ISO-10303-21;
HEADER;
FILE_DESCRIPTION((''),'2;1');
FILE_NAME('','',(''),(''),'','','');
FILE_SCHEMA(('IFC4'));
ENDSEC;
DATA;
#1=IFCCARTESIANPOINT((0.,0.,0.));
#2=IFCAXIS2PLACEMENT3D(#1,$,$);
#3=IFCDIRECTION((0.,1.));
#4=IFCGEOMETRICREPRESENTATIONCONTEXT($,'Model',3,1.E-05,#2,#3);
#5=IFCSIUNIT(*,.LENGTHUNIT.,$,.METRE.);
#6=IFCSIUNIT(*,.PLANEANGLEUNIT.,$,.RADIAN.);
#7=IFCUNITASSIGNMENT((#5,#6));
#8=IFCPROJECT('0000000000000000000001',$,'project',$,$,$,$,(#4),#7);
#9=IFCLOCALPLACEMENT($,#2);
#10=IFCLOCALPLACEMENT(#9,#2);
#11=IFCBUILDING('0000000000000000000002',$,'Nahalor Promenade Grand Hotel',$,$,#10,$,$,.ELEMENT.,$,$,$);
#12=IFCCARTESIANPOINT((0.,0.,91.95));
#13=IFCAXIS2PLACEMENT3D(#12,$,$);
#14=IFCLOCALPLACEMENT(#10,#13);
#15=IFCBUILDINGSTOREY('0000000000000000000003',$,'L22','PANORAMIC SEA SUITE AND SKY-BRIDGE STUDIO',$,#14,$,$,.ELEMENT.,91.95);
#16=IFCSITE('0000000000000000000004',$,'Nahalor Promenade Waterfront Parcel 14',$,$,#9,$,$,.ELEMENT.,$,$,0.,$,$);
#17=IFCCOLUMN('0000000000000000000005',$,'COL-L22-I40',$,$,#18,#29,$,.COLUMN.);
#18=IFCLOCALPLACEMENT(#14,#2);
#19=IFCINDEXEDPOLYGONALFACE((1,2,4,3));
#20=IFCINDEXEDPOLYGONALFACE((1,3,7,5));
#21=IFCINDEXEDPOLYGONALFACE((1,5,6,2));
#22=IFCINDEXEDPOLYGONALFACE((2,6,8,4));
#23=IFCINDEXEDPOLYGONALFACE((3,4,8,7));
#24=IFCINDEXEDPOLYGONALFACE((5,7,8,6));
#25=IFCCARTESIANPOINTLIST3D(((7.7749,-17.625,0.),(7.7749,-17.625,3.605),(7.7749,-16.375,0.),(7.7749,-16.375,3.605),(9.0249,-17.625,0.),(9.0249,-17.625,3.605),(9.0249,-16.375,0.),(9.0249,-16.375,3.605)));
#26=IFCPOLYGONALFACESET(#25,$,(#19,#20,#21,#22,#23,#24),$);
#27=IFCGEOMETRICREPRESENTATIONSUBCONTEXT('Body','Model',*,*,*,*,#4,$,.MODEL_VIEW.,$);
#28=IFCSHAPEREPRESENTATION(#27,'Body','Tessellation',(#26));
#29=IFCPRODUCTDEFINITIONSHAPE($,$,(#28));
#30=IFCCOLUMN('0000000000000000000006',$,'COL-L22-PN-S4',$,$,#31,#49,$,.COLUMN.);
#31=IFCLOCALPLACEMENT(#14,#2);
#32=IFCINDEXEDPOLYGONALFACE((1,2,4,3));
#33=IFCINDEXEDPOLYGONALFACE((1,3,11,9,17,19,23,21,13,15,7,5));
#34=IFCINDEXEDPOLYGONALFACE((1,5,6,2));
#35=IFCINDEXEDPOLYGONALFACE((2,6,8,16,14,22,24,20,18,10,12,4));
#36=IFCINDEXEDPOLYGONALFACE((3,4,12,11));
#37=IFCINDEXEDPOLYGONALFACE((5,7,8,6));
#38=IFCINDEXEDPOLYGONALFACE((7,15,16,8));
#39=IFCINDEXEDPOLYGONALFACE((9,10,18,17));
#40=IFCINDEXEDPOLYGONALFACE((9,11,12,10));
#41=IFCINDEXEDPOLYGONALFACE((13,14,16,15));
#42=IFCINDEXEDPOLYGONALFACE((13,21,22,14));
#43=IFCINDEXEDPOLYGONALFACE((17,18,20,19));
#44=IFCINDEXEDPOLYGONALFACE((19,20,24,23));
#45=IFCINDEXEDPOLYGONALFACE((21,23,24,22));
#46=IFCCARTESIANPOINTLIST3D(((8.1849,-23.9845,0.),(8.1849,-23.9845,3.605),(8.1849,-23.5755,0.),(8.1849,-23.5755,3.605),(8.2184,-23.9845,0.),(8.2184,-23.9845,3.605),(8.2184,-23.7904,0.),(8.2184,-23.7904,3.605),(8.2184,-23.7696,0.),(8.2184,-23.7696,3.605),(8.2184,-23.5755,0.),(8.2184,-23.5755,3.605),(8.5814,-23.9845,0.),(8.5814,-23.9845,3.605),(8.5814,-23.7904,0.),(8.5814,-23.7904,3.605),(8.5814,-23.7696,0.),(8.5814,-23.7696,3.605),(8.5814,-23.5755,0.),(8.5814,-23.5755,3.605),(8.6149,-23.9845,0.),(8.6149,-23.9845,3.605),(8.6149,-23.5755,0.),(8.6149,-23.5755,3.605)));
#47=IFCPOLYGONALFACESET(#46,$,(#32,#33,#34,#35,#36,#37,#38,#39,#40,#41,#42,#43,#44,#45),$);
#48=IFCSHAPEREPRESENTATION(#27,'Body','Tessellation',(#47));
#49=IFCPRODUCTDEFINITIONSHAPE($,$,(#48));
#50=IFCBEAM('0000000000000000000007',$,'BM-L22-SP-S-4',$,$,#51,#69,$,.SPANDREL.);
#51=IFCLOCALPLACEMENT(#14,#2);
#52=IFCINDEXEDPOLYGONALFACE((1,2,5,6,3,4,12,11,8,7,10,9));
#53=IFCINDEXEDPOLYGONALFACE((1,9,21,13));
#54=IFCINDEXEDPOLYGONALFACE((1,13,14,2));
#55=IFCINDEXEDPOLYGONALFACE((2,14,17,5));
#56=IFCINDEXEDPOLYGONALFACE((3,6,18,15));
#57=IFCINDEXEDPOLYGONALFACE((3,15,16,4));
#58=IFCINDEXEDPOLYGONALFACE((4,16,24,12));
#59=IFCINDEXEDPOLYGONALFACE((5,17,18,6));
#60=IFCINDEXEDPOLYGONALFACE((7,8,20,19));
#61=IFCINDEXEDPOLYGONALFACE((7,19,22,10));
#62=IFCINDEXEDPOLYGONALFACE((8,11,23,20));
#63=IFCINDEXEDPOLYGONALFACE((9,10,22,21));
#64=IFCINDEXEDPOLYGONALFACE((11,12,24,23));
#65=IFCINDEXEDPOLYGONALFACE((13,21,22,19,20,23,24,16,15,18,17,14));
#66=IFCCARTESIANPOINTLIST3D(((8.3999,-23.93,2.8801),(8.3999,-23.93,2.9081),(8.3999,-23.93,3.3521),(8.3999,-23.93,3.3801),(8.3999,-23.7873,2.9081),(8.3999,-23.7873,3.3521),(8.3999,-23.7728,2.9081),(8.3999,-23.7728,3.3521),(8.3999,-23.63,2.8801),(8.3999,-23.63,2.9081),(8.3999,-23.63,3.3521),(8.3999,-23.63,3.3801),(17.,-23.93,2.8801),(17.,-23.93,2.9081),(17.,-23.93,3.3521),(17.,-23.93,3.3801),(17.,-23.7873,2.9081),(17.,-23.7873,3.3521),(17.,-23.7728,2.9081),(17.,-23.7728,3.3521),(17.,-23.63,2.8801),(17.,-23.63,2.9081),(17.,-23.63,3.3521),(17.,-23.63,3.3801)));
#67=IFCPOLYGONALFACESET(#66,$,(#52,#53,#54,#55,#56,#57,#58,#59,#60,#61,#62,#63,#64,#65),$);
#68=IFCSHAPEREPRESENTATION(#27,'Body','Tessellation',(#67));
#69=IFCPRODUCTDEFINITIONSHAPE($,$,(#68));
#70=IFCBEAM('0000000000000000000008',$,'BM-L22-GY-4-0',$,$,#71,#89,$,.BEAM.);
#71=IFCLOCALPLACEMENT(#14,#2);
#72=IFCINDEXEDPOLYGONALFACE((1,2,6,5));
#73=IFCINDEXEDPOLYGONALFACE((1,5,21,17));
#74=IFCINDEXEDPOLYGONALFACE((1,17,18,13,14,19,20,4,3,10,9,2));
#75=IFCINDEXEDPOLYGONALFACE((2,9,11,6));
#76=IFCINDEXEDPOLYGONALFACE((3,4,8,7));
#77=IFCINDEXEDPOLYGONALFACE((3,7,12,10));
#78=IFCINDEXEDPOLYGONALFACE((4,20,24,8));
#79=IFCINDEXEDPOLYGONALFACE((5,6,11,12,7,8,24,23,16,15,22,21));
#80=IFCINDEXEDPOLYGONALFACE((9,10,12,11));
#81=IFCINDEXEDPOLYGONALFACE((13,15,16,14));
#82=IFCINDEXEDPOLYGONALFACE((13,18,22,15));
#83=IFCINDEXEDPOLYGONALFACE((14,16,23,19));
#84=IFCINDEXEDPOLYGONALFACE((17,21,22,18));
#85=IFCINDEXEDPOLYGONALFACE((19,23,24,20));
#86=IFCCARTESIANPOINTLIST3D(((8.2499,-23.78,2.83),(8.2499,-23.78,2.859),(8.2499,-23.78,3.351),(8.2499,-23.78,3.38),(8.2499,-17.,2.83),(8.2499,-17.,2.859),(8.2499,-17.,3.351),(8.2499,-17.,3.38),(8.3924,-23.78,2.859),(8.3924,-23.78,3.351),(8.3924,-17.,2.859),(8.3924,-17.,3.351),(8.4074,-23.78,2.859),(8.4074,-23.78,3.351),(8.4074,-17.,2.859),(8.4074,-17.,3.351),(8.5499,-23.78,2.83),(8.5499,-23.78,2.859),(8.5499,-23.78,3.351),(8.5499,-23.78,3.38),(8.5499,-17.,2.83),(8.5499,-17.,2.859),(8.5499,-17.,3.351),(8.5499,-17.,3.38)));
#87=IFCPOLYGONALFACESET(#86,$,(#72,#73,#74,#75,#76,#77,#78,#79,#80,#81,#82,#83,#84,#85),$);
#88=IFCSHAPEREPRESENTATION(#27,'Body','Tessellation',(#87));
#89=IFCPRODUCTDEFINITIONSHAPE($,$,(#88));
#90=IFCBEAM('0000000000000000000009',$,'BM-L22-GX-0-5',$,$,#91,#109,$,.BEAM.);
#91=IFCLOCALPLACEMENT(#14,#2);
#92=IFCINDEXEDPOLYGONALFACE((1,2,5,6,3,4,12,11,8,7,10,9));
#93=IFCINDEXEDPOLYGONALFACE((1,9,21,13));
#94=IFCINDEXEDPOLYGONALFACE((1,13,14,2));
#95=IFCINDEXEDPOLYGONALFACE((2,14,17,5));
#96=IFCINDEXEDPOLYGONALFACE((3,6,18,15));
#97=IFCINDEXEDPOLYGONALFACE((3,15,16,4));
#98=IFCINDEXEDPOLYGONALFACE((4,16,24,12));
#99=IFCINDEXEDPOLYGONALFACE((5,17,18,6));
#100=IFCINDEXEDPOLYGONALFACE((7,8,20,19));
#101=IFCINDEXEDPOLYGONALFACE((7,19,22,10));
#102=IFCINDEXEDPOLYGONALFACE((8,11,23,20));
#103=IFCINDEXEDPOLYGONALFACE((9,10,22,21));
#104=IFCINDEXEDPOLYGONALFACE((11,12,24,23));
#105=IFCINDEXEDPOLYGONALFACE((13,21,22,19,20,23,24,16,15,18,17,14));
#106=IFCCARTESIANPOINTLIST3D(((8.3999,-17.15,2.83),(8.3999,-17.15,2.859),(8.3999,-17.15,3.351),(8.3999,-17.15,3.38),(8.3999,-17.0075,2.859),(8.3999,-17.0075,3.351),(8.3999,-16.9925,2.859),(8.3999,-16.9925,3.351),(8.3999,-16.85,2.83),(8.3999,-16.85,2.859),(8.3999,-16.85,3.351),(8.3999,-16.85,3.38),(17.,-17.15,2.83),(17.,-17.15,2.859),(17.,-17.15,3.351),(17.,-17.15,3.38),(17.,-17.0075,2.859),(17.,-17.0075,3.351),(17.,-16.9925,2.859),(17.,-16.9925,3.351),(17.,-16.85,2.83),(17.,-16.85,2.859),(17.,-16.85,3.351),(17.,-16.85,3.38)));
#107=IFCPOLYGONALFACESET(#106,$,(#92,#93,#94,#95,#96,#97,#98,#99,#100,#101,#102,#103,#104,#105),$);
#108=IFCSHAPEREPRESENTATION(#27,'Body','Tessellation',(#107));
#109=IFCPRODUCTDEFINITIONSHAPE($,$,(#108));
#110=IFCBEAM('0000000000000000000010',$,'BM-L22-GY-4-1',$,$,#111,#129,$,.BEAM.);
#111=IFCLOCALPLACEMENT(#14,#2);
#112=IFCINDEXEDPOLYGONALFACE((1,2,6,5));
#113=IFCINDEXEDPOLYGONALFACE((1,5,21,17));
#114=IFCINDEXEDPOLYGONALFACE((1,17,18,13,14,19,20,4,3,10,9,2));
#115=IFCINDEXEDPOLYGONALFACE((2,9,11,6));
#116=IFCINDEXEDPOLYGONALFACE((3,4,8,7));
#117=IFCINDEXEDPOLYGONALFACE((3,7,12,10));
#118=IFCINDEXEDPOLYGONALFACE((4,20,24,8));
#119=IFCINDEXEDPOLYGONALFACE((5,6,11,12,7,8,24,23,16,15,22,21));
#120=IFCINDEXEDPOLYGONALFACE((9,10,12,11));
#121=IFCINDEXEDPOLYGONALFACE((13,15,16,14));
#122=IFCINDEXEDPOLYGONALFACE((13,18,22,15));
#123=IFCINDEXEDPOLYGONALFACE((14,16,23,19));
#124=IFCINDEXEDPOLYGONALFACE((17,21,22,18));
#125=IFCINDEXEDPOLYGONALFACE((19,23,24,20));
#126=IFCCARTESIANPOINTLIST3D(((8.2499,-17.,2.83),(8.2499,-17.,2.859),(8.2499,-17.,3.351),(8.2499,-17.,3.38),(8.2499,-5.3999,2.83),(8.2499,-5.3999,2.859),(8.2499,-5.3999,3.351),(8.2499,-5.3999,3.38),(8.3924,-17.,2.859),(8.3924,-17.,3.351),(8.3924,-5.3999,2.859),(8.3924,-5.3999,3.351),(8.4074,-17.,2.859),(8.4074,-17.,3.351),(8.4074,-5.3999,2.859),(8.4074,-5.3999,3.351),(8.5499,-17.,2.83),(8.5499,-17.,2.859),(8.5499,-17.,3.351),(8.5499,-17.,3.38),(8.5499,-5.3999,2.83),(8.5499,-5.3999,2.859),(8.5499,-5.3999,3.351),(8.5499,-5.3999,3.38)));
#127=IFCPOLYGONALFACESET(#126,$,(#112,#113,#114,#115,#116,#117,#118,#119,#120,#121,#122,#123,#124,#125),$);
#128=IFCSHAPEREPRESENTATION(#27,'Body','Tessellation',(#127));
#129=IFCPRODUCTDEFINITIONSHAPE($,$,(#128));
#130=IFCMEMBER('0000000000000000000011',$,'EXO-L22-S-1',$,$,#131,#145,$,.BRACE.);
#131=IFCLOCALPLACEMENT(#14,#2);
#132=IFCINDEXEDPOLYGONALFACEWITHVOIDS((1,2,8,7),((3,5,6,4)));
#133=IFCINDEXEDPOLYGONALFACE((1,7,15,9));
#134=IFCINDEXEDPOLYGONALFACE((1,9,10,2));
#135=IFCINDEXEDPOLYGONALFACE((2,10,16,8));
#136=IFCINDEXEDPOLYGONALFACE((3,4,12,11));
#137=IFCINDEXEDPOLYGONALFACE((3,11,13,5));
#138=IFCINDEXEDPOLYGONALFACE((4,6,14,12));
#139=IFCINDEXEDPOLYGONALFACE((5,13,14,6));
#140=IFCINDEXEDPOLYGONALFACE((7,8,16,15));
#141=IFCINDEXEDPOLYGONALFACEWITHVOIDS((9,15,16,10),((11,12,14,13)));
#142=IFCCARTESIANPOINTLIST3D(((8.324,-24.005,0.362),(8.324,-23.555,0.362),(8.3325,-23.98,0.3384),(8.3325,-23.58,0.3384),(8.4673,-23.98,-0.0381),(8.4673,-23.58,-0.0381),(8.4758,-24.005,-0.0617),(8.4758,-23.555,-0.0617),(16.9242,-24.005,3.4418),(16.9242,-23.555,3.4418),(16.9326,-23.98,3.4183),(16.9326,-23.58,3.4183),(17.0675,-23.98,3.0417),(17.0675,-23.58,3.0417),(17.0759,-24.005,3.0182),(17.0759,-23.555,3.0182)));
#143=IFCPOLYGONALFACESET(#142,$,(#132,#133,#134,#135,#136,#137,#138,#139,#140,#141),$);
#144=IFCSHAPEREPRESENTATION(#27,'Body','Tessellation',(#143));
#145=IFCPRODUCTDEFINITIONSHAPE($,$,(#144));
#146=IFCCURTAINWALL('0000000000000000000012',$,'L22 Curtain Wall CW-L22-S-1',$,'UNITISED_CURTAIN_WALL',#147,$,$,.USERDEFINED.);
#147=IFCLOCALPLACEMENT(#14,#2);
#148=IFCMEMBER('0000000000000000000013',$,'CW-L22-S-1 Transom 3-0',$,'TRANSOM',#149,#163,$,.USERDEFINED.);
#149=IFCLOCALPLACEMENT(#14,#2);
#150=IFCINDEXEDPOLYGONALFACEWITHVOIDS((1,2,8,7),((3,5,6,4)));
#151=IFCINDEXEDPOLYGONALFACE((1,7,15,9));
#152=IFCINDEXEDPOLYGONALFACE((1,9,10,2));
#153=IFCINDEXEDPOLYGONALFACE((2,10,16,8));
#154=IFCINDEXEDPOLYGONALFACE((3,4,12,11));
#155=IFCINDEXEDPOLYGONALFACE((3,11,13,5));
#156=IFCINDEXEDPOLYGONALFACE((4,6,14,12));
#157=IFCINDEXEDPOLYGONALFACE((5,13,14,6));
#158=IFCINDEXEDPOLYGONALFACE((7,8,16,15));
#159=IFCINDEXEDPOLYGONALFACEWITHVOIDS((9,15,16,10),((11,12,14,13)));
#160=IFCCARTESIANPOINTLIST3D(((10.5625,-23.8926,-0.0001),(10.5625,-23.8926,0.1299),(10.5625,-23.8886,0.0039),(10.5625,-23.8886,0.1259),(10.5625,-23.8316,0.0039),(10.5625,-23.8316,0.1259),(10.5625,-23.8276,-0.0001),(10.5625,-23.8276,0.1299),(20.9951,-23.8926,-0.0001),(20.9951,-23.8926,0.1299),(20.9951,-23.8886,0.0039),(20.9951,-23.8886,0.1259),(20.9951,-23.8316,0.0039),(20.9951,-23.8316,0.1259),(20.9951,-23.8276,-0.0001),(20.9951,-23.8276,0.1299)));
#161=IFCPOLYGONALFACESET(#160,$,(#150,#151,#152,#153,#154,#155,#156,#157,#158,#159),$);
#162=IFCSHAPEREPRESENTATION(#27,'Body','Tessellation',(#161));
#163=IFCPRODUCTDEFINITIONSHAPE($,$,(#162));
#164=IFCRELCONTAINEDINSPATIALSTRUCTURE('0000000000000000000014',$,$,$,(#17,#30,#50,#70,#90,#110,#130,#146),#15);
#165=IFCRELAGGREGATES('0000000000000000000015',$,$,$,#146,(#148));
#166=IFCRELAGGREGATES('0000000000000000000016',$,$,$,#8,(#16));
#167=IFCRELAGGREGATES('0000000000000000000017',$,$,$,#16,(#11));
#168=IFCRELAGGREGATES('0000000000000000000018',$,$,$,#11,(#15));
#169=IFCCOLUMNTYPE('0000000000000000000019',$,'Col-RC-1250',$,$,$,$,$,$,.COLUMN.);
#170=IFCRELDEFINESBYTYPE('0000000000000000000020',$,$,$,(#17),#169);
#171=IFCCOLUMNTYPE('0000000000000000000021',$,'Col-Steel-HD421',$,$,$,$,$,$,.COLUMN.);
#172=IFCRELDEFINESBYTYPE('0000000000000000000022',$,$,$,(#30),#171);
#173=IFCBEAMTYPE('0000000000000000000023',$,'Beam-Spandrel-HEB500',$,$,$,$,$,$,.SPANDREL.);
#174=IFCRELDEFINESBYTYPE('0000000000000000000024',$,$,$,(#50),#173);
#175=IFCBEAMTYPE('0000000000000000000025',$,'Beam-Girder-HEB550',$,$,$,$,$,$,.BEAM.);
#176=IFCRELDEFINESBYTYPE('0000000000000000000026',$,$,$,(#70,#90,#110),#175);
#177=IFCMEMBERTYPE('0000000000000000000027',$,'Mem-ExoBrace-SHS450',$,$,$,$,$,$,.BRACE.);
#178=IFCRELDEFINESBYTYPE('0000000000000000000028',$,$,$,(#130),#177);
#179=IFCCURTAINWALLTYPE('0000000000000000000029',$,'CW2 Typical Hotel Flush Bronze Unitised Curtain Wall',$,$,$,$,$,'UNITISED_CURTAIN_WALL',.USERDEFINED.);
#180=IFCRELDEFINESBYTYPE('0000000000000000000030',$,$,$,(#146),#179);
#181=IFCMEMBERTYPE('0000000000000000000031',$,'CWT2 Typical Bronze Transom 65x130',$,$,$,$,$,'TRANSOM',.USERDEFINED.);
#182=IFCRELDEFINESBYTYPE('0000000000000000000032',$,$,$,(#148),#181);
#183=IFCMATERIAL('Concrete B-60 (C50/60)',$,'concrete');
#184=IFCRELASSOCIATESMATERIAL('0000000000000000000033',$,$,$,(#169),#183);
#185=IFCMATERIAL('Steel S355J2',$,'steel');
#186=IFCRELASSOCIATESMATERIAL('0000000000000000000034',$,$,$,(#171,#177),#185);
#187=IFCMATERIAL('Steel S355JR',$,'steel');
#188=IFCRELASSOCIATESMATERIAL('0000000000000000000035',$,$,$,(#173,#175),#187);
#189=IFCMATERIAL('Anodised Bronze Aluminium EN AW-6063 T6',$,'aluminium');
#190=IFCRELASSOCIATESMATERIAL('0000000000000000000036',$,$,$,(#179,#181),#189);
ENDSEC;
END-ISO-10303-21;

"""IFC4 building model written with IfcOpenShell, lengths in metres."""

from ifc_helpers import new_model, si_unit, direction, frame, origin, origin_2d, place, context, subcontext, project, spatial, rectangle, hollow_rectangle, i_section, extrude, source, transform, mapped, material, material_profile, profile_set, type_object, element, aggregate, save


model = new_model("IFC4")

# Units and contexts
model_context = context("Model", 3, precision=1e-05, world=origin(), true_north=direction((0.0, 1.0)))
body_context = subcontext(model_context, "Body", "Model", "MODEL_VIEW")
ifc_project = project(units=[si_unit("LENGTHUNIT", "METRE"), si_unit("PLANEANGLEUNIT", "RADIAN")], contexts=[model_context])

# Site, building, storey
site_placement = place(None, origin())
site = spatial("IfcSite", under=ifc_project, at=site_placement, Name="Nahalor Promenade Waterfront Parcel 14", CompositionType="ELEMENT", RefElevation=0.0)
building_placement = place(site_placement, origin())
building = spatial("IfcBuilding", under=site, at=building_placement, Name="Nahalor Promenade Grand Hotel", CompositionType="ELEMENT")
storey_placement = place(building_placement, frame((0.0, 0.0, 91.95)))
storey = spatial("IfcBuildingStorey", under=building, at=storey_placement, Name="L22", Description="PANORAMIC SEA SUITE AND SKY-BRIDGE STUDIO", CompositionType="ELEMENT", Elevation=91.95)

# Columns
ifc_material_1 = material(Name="Concrete B-60 (C50/60)", Category="concrete")
ifc_material_profile_1 = material_profile(ifc_material_1, rectangle(XDim=1.25, YDim=1.25, at=origin_2d()), Name="RC 1250x1250")
ifc_profile_set_1 = profile_set([ifc_material_profile_1], Name="Concrete B-60 (C50/60)")
column_type_1 = type_object("IfcColumnType", Name="Col-RC-1250", PredefinedType="COLUMN", material=ifc_profile_set_1)
shared_shape_1 = source(origin(), body_context, "Body", "SweptSolid", [
    extrude(rectangle(XDim=1.25, YDim=1.25, at=origin_2d()), origin(), (0.0, 0.0, 1.0), 3.605),
])
column_1_placement = place(storey_placement, frame((8.3999, -17.0, 0.0), z_axis=(0.0, 0.0, 1.0), x_axis=(1.0, 0.0, 0.0)))
element("IfcColumn", 1, at=column_1_placement, inside=storey, type_object=column_type_1, Name="COL-L22-I40", PredefinedType="COLUMN", context=body_context, shape_type="MappedRepresentation", body=[
    mapped(shared_shape_1, transform((0.0, 0.0, 0.0), scale=1.0)),
])
ifc_material_2 = material(Name="Steel S355J2", Category="steel")
ifc_material_profile_2 = material_profile(ifc_material_2, i_section(OverallWidth=0.409, OverallDepth=0.43, WebThickness=0.0208, FlangeThickness=0.0335, at=origin_2d()), Name="HD 400x421")
ifc_profile_set_2 = profile_set([ifc_material_profile_2], Name="Steel S355J2")
column_type_2 = type_object("IfcColumnType", Name="Col-Steel-HD421", PredefinedType="COLUMN", material=ifc_profile_set_2)
shared_shape_2 = source(origin(), body_context, "Body", "SweptSolid", [
    extrude(i_section(OverallWidth=0.409, OverallDepth=0.43, WebThickness=0.0208, FlangeThickness=0.0335, at=origin_2d()), origin(), (0.0, 0.0, 1.0), 3.605),
])
column_2_placement = place(storey_placement, frame((8.3999, -23.78, 0.0), z_axis=(0.0, 0.0, 1.0), x_axis=(0.0, 1.0, 0.0)))
element("IfcColumn", 2, at=column_2_placement, inside=storey, type_object=column_type_2, Name="COL-L22-PN-S4", PredefinedType="COLUMN", context=body_context, shape_type="MappedRepresentation", body=[
    mapped(shared_shape_2, transform((0.0, 0.0, 0.0), scale=1.0)),
])

# Beams
ifc_material_3 = material(Name="Steel S355JR", Category="steel")
ifc_material_profile_3 = material_profile(ifc_material_3, i_section(OverallWidth=0.3, OverallDepth=0.5, WebThickness=0.0145, FlangeThickness=0.028, at=origin_2d()), Name="HEB 500")
ifc_profile_set_3 = profile_set([ifc_material_profile_3], Name="Steel S355JR")
beam_type_1 = type_object("IfcBeamType", Name="Beam-Spandrel-HEB500", PredefinedType="SPANDREL", material=ifc_profile_set_3)
shared_shape_3 = source(origin(), body_context, "Body", "SweptSolid", [
    extrude(i_section(OverallWidth=0.3, OverallDepth=0.5, WebThickness=0.0145, FlangeThickness=0.028, at=origin_2d()), origin(), (0.0, 0.0, 1.0), 8.6001),
])
beam_1_placement = place(storey_placement, frame((8.3999, -23.78, 3.1301), z_axis=(1.0, 0.0, 0.0), x_axis=(0.0, 1.0, 0.0)))
element("IfcBeam", 3, at=beam_1_placement, inside=storey, type_object=beam_type_1, Name="BM-L22-SP-S-4", PredefinedType="SPANDREL", context=body_context, shape_type="MappedRepresentation", body=[
    mapped(shared_shape_3, transform((0.0, 0.0, 0.0), scale=1.0)),
])
ifc_material_profile_4 = material_profile(ifc_material_3, i_section(OverallWidth=0.3, OverallDepth=0.55, WebThickness=0.015, FlangeThickness=0.029, at=origin_2d()), Name="HEB 550")
ifc_profile_set_4 = profile_set([ifc_material_profile_4], Name="Steel S355JR")
beam_type_2 = type_object("IfcBeamType", Name="Beam-Girder-HEB550", PredefinedType="BEAM", material=ifc_profile_set_4)
shared_shape_4 = source(origin(), body_context, "Body", "SweptSolid", [
    extrude(i_section(OverallWidth=0.3, OverallDepth=0.55, WebThickness=0.015, FlangeThickness=0.029, at=origin_2d()), origin(), (0.0, 0.0, 1.0), 6.78),
])
beam_2_placement = place(storey_placement, frame((8.3999, -23.78, 3.105), z_axis=(0.0, 1.0, 0.0), x_axis=(-1.0, 0.0, 0.0)))
element("IfcBeam", 4, at=beam_2_placement, inside=storey, type_object=beam_type_2, Name="BM-L22-GY-4-0", PredefinedType="BEAM", context=body_context, shape_type="MappedRepresentation", body=[
    mapped(shared_shape_4, transform((0.0, 0.0, 0.0), scale=1.0)),
])
shared_shape_5 = source(origin(), body_context, "Body", "SweptSolid", [
    extrude(i_section(OverallWidth=0.3, OverallDepth=0.55, WebThickness=0.015, FlangeThickness=0.029, at=origin_2d()), origin(), (0.0, 0.0, 1.0), 8.6001),
])
beam_3_placement = place(storey_placement, frame((8.3999, -17.0, 3.105), z_axis=(1.0, 0.0, 0.0), x_axis=(0.0, 1.0, 0.0)))
element("IfcBeam", 5, at=beam_3_placement, inside=storey, type_object=beam_type_2, Name="BM-L22-GX-0-5", PredefinedType="BEAM", context=body_context, shape_type="MappedRepresentation", body=[
    mapped(shared_shape_5, transform((0.0, 0.0, 0.0), scale=1.0)),
])
shared_shape_6 = source(origin(), body_context, "Body", "SweptSolid", [
    extrude(i_section(OverallWidth=0.3, OverallDepth=0.55, WebThickness=0.015, FlangeThickness=0.029, at=origin_2d()), origin(), (0.0, 0.0, 1.0), 11.6001),
])
beam_4_placement = place(storey_placement, frame((8.3999, -17.0, 3.105), z_axis=(0.0, 1.0, 0.0), x_axis=(-1.0, 0.0, 0.0)))
element("IfcBeam", 6, at=beam_4_placement, inside=storey, type_object=beam_type_2, Name="BM-L22-GY-4-1", PredefinedType="BEAM", context=body_context, shape_type="MappedRepresentation", body=[
    mapped(shared_shape_6, transform((0.0, 0.0, 0.0), scale=1.0)),
])

# Member
ifc_material_profile_5 = material_profile(ifc_material_2, hollow_rectangle(XDim=0.45, YDim=0.45, WallThickness=0.025, at=origin_2d()), Name="SHS 450x450x25")
ifc_profile_set_5 = profile_set([ifc_material_profile_5], Name="Steel S355J2")
member_type_1 = type_object("IfcMemberType", Name="Mem-ExoBrace-SHS450", PredefinedType="BRACE", material=ifc_profile_set_5)
shared_shape_7 = source(origin(), body_context, "Body", "SweptSolid", [
    extrude(hollow_rectangle(XDim=0.45, YDim=0.45, WallThickness=0.025, at=origin_2d()), origin(), (0.0, 0.0, 1.0), 9.135),
])
member_1_placement = place(storey_placement, frame((8.3999, -23.78, 0.1501), z_axis=(0.941451, 0.0, 0.337149), x_axis=(0.0, 1.0, 0.0)))
element("IfcMember", 7, at=member_1_placement, inside=storey, type_object=member_type_1, Name="EXO-L22-S-1", PredefinedType="BRACE", context=body_context, shape_type="MappedRepresentation", body=[
    mapped(shared_shape_7, transform((0.0, 0.0, 0.0), scale=1.0)),
])

# Curtain wall, member
ifc_material_4 = material(Name="Anodised Bronze Aluminium EN AW-6063 T6", Category="aluminium")
curtain_wall_type = type_object("IfcCurtainWallType", Name="CW2 Typical Hotel Flush Bronze Unitised Curtain Wall", ElementType="UNITISED_CURTAIN_WALL", PredefinedType="USERDEFINED", material=ifc_material_4)
curtain_wall_placement = place(storey_placement, origin())
curtain_wall = element("IfcCurtainWall", 8, at=curtain_wall_placement, inside=storey, type_object=curtain_wall_type, Name="L22 Curtain Wall CW-L22-S-1", ObjectType="UNITISED_CURTAIN_WALL", PredefinedType="USERDEFINED")
ifc_material_profile_6 = material_profile(ifc_material_4, hollow_rectangle(XDim=0.065, YDim=0.13, WallThickness=0.004, at=origin_2d()), Name="CWT 65x130x4")
ifc_profile_set_6 = profile_set([ifc_material_profile_6], Name="Anodised Bronze Aluminium EN AW-6063 T6")
member_type_2 = type_object("IfcMemberType", Name="CWT2 Typical Bronze Transom 65x130", ElementType="TRANSOM", PredefinedType="USERDEFINED", material=ifc_profile_set_6)
shared_shape_8 = source(origin(), body_context, "Body", "SweptSolid", [
    extrude(hollow_rectangle(XDim=0.065, YDim=0.13, WallThickness=0.004, at=origin_2d()), origin(), (0.0, 0.0, 1.0), 10.4326),
])
member_2_placement = place(storey_placement, frame((10.5625, -23.8601, 0.0649), z_axis=(1.0, 0.0, 0.0), x_axis=(0.0, 1.0, 0.0)))
member_2 = element("IfcMember", 9, at=member_2_placement, type_object=member_type_2, Name="CW-L22-S-1 Transom 3-0", ObjectType="TRANSOM", PredefinedType="USERDEFINED", context=body_context, shape_type="MappedRepresentation", body=[
    mapped(shared_shape_8, transform((0.0, 0.0, 0.0), scale=1.0)),
])
aggregate(curtain_wall, [member_2])

save(model, "model.ifc")
